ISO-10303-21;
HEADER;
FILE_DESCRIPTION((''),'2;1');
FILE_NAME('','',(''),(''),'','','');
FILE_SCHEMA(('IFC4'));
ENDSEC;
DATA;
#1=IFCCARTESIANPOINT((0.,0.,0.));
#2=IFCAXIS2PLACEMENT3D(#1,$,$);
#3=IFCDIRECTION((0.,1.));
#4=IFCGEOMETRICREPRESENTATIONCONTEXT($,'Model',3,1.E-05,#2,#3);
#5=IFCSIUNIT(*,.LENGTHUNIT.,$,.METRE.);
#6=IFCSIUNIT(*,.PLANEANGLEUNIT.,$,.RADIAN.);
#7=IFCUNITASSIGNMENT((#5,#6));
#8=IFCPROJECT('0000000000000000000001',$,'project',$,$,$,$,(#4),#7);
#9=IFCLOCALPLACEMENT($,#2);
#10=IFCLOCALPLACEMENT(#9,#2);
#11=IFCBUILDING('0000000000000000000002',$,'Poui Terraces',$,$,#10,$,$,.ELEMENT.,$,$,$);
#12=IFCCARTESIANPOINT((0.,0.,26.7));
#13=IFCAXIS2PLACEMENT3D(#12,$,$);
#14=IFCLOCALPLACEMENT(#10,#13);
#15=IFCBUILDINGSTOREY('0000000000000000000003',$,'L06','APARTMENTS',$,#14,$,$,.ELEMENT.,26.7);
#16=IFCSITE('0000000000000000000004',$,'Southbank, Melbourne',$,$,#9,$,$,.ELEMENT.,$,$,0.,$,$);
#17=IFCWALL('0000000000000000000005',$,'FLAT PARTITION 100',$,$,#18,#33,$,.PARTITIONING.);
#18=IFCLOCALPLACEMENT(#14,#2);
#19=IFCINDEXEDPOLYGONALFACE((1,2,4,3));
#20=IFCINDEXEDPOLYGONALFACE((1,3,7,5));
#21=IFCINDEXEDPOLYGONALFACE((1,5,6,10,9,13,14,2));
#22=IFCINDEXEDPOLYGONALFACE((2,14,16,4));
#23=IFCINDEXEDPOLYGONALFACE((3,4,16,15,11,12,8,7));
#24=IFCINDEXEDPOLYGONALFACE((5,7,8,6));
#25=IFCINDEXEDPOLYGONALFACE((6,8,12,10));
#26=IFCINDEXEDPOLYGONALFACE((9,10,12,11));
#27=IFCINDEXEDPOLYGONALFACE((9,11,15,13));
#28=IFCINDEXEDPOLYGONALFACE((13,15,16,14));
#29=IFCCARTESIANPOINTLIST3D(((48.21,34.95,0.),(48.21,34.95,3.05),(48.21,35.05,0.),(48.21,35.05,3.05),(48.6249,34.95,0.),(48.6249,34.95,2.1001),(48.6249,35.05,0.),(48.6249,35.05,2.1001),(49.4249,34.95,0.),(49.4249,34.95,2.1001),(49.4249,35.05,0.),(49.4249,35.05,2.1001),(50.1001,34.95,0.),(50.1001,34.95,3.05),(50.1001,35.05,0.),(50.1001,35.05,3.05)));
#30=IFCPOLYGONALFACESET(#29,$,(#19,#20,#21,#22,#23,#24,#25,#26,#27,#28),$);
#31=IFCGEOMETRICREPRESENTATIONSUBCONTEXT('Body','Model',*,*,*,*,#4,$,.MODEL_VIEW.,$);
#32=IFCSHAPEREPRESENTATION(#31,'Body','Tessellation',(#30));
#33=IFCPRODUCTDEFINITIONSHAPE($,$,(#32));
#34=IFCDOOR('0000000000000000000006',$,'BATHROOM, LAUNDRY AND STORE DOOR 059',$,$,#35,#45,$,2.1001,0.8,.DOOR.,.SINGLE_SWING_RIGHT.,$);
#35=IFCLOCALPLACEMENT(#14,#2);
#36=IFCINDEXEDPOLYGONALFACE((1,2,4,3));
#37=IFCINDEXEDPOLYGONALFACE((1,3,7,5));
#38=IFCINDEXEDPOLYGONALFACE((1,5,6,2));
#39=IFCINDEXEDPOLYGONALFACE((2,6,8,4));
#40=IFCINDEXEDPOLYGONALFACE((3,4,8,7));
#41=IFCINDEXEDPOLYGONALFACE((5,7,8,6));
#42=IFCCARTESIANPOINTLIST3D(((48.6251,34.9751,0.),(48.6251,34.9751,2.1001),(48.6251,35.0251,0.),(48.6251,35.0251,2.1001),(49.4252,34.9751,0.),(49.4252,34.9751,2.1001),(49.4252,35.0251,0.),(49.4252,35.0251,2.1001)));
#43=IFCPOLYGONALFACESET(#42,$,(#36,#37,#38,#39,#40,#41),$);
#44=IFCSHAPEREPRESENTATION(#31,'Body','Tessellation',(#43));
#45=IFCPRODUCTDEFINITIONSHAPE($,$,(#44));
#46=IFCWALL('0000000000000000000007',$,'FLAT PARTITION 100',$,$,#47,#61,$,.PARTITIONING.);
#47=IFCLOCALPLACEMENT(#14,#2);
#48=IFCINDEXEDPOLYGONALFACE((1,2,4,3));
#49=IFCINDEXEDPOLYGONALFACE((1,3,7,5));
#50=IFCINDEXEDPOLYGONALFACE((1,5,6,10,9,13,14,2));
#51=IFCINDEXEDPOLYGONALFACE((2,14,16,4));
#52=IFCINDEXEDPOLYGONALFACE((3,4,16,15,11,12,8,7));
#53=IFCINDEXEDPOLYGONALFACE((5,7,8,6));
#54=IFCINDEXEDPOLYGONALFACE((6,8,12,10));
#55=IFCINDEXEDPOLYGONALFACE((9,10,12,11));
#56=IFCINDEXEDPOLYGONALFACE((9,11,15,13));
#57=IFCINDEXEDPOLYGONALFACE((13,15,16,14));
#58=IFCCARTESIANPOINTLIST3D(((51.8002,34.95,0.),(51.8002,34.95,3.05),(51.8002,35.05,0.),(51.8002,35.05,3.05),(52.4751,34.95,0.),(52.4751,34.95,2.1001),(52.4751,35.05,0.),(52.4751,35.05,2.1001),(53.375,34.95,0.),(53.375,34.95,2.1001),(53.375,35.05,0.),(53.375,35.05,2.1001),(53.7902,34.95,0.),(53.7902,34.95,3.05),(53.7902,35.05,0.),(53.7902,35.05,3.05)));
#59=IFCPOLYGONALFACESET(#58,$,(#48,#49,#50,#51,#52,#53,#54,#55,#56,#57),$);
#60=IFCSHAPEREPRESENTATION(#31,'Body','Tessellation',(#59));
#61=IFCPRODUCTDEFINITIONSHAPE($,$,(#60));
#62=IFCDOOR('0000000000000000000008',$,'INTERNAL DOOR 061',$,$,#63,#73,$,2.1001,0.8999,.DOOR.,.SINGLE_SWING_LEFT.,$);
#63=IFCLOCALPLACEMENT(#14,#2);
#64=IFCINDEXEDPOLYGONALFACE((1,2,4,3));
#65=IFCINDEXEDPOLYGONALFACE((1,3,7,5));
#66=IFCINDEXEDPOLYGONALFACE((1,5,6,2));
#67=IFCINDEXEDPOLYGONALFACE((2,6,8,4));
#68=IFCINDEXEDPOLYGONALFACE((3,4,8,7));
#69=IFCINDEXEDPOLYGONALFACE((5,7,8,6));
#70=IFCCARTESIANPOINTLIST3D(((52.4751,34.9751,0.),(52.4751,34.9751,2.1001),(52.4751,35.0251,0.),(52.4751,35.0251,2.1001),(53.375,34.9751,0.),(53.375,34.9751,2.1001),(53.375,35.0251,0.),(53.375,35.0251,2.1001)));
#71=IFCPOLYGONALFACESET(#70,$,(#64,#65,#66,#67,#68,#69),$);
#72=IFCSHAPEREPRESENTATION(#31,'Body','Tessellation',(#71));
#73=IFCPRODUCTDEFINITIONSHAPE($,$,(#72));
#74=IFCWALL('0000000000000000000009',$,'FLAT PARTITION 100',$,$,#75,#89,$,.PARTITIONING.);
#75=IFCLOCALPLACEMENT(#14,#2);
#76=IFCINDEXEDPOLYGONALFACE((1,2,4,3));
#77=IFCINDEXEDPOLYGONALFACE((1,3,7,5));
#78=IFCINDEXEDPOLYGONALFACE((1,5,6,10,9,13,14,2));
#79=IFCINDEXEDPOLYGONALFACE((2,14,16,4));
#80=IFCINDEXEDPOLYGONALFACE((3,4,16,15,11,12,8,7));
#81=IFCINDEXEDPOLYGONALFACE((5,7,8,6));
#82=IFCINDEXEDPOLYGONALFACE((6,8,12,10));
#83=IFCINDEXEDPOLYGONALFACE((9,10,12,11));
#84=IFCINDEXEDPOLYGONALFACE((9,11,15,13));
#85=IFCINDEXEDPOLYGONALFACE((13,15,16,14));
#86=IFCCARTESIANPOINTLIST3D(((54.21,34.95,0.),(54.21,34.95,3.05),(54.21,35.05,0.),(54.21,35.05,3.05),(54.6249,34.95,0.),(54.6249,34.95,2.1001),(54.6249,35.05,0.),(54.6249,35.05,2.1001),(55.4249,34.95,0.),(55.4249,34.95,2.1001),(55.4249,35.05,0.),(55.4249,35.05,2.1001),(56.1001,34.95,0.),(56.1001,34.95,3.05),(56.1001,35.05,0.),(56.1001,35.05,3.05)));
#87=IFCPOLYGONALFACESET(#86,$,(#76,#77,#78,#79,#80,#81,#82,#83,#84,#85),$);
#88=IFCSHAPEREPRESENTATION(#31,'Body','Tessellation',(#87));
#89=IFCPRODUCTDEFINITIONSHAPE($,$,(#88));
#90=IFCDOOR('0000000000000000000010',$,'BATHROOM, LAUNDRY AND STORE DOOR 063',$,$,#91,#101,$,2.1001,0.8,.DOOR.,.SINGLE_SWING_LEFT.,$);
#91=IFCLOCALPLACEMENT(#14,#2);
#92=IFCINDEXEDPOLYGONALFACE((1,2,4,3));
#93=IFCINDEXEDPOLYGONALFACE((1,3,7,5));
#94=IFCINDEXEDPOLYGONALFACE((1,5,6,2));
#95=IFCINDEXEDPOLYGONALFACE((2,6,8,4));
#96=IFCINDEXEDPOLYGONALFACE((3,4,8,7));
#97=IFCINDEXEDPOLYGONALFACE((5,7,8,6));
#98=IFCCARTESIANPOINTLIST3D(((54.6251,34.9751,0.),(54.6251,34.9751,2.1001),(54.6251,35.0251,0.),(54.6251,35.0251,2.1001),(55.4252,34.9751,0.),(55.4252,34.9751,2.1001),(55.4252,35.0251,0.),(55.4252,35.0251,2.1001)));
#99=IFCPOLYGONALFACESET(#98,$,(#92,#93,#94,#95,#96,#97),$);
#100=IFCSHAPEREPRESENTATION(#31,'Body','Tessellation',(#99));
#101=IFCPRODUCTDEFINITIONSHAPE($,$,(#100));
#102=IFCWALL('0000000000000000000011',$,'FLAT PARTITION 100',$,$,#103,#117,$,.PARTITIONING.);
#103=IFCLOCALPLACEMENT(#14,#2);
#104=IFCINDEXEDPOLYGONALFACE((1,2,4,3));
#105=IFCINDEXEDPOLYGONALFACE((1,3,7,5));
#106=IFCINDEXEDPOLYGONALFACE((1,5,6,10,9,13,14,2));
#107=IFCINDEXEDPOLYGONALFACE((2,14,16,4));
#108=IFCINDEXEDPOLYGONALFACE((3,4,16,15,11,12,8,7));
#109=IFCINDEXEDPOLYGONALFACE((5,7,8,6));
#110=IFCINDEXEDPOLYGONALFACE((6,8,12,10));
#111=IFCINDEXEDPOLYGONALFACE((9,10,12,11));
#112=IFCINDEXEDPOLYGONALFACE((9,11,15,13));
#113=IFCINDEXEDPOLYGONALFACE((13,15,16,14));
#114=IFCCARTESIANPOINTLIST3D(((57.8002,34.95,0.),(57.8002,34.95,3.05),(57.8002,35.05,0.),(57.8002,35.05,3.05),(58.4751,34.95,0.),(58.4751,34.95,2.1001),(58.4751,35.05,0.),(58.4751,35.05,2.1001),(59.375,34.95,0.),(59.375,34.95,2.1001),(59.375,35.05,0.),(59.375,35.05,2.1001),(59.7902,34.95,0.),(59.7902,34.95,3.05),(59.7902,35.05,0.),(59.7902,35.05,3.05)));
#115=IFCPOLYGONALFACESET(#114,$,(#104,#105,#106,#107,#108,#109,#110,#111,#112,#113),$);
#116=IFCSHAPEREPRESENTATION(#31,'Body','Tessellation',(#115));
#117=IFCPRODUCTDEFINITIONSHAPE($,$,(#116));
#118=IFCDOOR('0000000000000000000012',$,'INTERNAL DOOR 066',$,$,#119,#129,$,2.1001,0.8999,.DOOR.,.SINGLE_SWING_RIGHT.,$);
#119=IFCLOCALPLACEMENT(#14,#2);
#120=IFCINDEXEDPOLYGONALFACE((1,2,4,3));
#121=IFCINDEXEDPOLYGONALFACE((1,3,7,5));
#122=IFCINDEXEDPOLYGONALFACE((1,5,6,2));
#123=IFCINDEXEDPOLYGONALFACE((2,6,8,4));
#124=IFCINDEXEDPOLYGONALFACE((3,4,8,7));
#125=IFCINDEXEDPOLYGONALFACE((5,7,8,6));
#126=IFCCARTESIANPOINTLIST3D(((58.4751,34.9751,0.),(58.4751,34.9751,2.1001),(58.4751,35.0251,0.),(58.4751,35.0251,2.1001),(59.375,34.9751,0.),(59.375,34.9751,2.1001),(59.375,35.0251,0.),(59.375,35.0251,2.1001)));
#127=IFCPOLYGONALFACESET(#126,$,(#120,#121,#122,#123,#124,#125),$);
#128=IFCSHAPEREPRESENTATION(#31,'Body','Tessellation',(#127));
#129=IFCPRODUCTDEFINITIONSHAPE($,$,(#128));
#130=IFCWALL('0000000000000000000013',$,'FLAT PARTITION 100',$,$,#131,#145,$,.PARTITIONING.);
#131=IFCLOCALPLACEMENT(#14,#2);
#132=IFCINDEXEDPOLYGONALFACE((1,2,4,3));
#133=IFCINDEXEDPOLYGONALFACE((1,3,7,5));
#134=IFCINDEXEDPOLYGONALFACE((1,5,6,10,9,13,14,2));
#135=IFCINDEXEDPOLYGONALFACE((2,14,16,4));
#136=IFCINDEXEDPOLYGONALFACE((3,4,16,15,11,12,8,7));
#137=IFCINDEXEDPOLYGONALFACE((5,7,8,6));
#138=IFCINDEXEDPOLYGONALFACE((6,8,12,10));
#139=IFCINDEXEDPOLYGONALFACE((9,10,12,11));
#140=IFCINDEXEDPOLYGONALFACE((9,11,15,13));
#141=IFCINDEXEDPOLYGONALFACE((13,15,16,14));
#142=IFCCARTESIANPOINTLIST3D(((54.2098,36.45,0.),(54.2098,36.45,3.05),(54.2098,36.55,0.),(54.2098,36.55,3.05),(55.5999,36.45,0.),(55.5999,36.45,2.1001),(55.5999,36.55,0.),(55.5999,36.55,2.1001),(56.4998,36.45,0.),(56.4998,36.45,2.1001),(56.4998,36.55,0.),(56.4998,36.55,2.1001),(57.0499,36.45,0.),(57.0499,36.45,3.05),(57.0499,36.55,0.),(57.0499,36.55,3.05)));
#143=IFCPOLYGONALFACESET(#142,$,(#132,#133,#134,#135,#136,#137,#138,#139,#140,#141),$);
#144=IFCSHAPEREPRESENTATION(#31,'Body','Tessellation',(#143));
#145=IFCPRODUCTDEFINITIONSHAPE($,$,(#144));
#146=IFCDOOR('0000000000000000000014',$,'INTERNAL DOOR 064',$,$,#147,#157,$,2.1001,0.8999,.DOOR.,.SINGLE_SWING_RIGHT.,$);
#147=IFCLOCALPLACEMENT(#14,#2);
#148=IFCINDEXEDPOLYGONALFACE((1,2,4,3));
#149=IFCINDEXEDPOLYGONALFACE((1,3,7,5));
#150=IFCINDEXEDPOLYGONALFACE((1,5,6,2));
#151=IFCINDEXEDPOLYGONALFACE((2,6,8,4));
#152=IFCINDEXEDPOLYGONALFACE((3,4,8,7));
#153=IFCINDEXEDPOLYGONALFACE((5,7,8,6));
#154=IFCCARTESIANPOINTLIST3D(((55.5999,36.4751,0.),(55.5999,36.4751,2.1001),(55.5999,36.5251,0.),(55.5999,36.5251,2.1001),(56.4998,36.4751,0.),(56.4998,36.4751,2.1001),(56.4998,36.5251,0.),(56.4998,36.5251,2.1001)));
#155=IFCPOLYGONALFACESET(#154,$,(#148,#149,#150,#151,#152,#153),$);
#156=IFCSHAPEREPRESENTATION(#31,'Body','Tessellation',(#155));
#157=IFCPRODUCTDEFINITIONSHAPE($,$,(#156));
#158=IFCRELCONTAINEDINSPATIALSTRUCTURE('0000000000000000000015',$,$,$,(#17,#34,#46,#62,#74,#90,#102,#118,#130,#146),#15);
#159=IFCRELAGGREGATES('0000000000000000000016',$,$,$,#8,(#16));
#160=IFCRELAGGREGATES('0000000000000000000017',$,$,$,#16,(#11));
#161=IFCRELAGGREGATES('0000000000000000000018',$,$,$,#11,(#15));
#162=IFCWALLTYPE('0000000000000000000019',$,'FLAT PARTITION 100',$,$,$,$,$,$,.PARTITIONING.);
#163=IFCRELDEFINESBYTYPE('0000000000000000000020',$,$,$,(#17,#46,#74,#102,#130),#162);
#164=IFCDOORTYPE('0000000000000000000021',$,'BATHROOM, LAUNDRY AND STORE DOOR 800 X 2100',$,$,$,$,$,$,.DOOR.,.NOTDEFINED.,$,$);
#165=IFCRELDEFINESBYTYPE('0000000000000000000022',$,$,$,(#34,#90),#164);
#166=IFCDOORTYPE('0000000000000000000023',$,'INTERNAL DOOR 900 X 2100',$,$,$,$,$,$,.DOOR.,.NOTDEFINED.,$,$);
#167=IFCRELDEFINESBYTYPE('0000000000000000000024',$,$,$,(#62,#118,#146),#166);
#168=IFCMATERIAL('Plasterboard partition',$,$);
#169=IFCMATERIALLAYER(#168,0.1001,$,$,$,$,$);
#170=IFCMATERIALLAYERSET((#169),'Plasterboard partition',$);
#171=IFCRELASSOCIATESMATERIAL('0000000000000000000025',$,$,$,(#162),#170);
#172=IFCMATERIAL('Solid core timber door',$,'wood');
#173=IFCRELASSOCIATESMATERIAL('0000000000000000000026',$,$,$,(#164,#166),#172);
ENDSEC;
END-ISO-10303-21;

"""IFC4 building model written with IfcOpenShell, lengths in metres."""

from ifc_helpers import new_model, si_unit, direction, frame, frame_2d, origin, place, context, subcontext, project, spatial, rectangle, extrude, material, layer, layer_set, type_object, element, fill, save


model = new_model("IFC4")

# Units and contexts
model_context = context("Model", 3, precision=1e-05, world=origin(), true_north=direction((0.0, 1.0)))
body_context = subcontext(model_context, "Body", "Model", "MODEL_VIEW")
ifc_project = project(units=[si_unit("LENGTHUNIT", "METRE"), si_unit("PLANEANGLEUNIT", "RADIAN")], contexts=[model_context])

# Site, building, storey
site_placement = place(None, origin())
site = spatial("IfcSite", under=ifc_project, at=site_placement, Name="Southbank, Melbourne", CompositionType="ELEMENT", RefElevation=0.0)
building_placement = place(site_placement, origin())
building = spatial("IfcBuilding", under=site, at=building_placement, Name="Poui Terraces", CompositionType="ELEMENT")
storey_placement = place(building_placement, frame((0.0, 0.0, 26.7)))
storey = spatial("IfcBuildingStorey", under=building, at=storey_placement, Name="L06", Description="APARTMENTS", CompositionType="ELEMENT", Elevation=26.7)

# Walls, openings, doors
ifc_material_1 = material(Name="Plasterboard partition")
ifc_layer_1 = layer(ifc_material_1, 0.1001)
ifc_layer_set_1 = layer_set([ifc_layer_1], Name="Plasterboard partition")
wall_type_1 = type_object("IfcWallType", Name="FLAT PARTITION 100", PredefinedType="PARTITIONING", material=ifc_layer_set_1)
wall_1_placement = place(storey_placement, frame((48.21, 35.0, 0.0), z_axis=(0.0, 0.0, 1.0), x_axis=(1.0, 0.0, 0.0)))
wall_1 = element("IfcWall", 1, at=wall_1_placement, inside=storey, type_object=wall_type_1, Name="FLAT PARTITION 100", PredefinedType="PARTITIONING", context=body_context, shape_type="SweptSolid", body=[
    extrude(rectangle(XDim=1.8901, YDim=0.1001, at=frame_2d((0.9451, 0.0))), origin(), (0.0, 0.0, 1.0), 3.05),
])
opening_1_placement = place(wall_1_placement, frame((0.415, 0.0, 0.0)))
opening_1 = element("IfcOpeningElement", 2, at=opening_1_placement, cuts=wall_1, PredefinedType="OPENING", context=body_context, shape_type="SweptSolid", body=[
    extrude(rectangle(XDim=0.8, YDim=2.1001, at=frame_2d((0.3999, 1.05))), frame((0.0, 0.0601, 0.0), z_axis=(0.0, -1.0, 0.0), x_axis=(1.0, 0.0, 0.0)), (0.0, 0.0, 1.0), 0.1201),
])
ifc_material_2 = material(Name="Solid core timber door", Category="wood")
door_type_1 = type_object("IfcDoorType", Name="BATHROOM, LAUNDRY AND STORE DOOR 800 X 2100", OperationType="NOTDEFINED", PredefinedType="DOOR", material=ifc_material_2)
door_1_placement = place(opening_1_placement, frame((0.8, 0.0, 0.0), z_axis=(0.0, 0.0, 1.0), x_axis=(-1.0, 0.0, 0.0)))
door_1 = element("IfcDoor", 3, at=door_1_placement, inside=storey, type_object=door_type_1, Name="BATHROOM, LAUNDRY AND STORE DOOR 059", OperationType="SINGLE_SWING_RIGHT", OverallHeight=2.1001, OverallWidth=0.8, PredefinedType="DOOR", context=body_context, shape_type="SweptSolid", body=[
    extrude(rectangle(XDim=0.8, YDim=2.1001, at=frame_2d((0.3999, 1.05))), frame((0.0, 0.0249, 0.0), z_axis=(0.0, -1.0, 0.0), x_axis=(1.0, 0.0, 0.0)), (0.0, 0.0, 1.0), 0.05),
])
fill(opening_1, door_1)
wall_2_placement = place(storey_placement, frame((51.8, 35.0, 0.0), z_axis=(0.0, 0.0, 1.0), x_axis=(1.0, 0.0, 0.0)))
wall_2 = element("IfcWall", 4, at=wall_2_placement, inside=storey, type_object=wall_type_1, Name="FLAT PARTITION 100", PredefinedType="PARTITIONING", context=body_context, shape_type="SweptSolid", body=[
    extrude(rectangle(XDim=1.99, YDim=0.1001, at=frame_2d((0.9951, 0.0))), origin(), (0.0, 0.0, 1.0), 3.05),
])
opening_2_placement = place(wall_2_placement, frame((0.675, 0.0, 0.0)))
opening_2 = element("IfcOpeningElement", 5, at=opening_2_placement, cuts=wall_2, PredefinedType="OPENING", context=body_context, shape_type="SweptSolid", body=[
    extrude(rectangle(XDim=0.8999, YDim=2.1001, at=frame_2d((0.45, 1.05))), frame((0.0, 0.0601, 0.0), z_axis=(0.0, -1.0, 0.0), x_axis=(1.0, 0.0, 0.0)), (0.0, 0.0, 1.0), 0.1201),
])
door_type_2 = type_object("IfcDoorType", Name="INTERNAL DOOR 900 X 2100", OperationType="NOTDEFINED", PredefinedType="DOOR", material=ifc_material_2)
door_2_placement = place(opening_2_placement, frame((0.8999, 0.0, 0.0), z_axis=(0.0, 0.0, 1.0), x_axis=(-1.0, 0.0, 0.0)))
door_2 = element("IfcDoor", 6, at=door_2_placement, inside=storey, type_object=door_type_2, Name="INTERNAL DOOR 061", OperationType="SINGLE_SWING_LEFT", OverallHeight=2.1001, OverallWidth=0.8999, PredefinedType="DOOR", context=body_context, shape_type="SweptSolid", body=[
    extrude(rectangle(XDim=0.8999, YDim=2.1001, at=frame_2d((0.45, 1.05))), frame((0.0, 0.0249, 0.0), z_axis=(0.0, -1.0, 0.0), x_axis=(1.0, 0.0, 0.0)), (0.0, 0.0, 1.0), 0.05),
])
fill(opening_2, door_2)
wall_3_placement = place(storey_placement, frame((54.21, 35.0, 0.0), z_axis=(0.0, 0.0, 1.0), x_axis=(1.0, 0.0, 0.0)))
wall_3 = element("IfcWall", 7, at=wall_3_placement, inside=storey, type_object=wall_type_1, Name="FLAT PARTITION 100", PredefinedType="PARTITIONING", context=body_context, shape_type="SweptSolid", body=[
    extrude(rectangle(XDim=1.8901, YDim=0.1001, at=frame_2d((0.9451, 0.0))), origin(), (0.0, 0.0, 1.0), 3.05),
])
opening_3_placement = place(wall_3_placement, frame((0.415, 0.0, 0.0)))
opening_3 = element("IfcOpeningElement", 8, at=opening_3_placement, cuts=wall_3, PredefinedType="OPENING", context=body_context, shape_type="SweptSolid", body=[
    extrude(rectangle(XDim=0.8, YDim=2.1001, at=frame_2d((0.3999, 1.05))), frame((0.0, 0.0601, 0.0), z_axis=(0.0, -1.0, 0.0), x_axis=(1.0, 0.0, 0.0)), (0.0, 0.0, 1.0), 0.1201),
])
door_3_placement = place(opening_3_placement, frame((0.8, 0.0, 0.0), z_axis=(0.0, 0.0, 1.0), x_axis=(-1.0, 0.0, 0.0)))
door_3 = element("IfcDoor", 9, at=door_3_placement, inside=storey, type_object=door_type_1, Name="BATHROOM, LAUNDRY AND STORE DOOR 063", OperationType="SINGLE_SWING_LEFT", OverallHeight=2.1001, OverallWidth=0.8, PredefinedType="DOOR", context=body_context, shape_type="SweptSolid", body=[
    extrude(rectangle(XDim=0.8, YDim=2.1001, at=frame_2d((0.3999, 1.05))), frame((0.0, 0.0249, 0.0), z_axis=(0.0, -1.0, 0.0), x_axis=(1.0, 0.0, 0.0)), (0.0, 0.0, 1.0), 0.05),
])
fill(opening_3, door_3)
wall_4_placement = place(storey_placement, frame((57.8, 35.0, 0.0), z_axis=(0.0, 0.0, 1.0), x_axis=(1.0, 0.0, 0.0)))
wall_4 = element("IfcWall", 10, at=wall_4_placement, inside=storey, type_object=wall_type_1, Name="FLAT PARTITION 100", PredefinedType="PARTITIONING", context=body_context, shape_type="SweptSolid", body=[
    extrude(rectangle(XDim=1.99, YDim=0.1001, at=frame_2d((0.9951, 0.0))), origin(), (0.0, 0.0, 1.0), 3.05),
])
opening_4_placement = place(wall_4_placement, frame((0.675, 0.0, 0.0)))
opening_4 = element("IfcOpeningElement", 11, at=opening_4_placement, cuts=wall_4, PredefinedType="OPENING", context=body_context, shape_type="SweptSolid", body=[
    extrude(rectangle(XDim=0.8999, YDim=2.1001, at=frame_2d((0.45, 1.05))), frame((0.0, 0.0601, 0.0), z_axis=(0.0, -1.0, 0.0), x_axis=(1.0, 0.0, 0.0)), (0.0, 0.0, 1.0), 0.1201),
])
door_4_placement = place(opening_4_placement, frame((0.8999, 0.0, 0.0), z_axis=(0.0, 0.0, 1.0), x_axis=(-1.0, 0.0, 0.0)))
door_4 = element("IfcDoor", 12, at=door_4_placement, inside=storey, type_object=door_type_2, Name="INTERNAL DOOR 066", OperationType="SINGLE_SWING_RIGHT", OverallHeight=2.1001, OverallWidth=0.8999, PredefinedType="DOOR", context=body_context, shape_type="SweptSolid", body=[
    extrude(rectangle(XDim=0.8999, YDim=2.1001, at=frame_2d((0.45, 1.05))), frame((0.0, 0.0249, 0.0), z_axis=(0.0, -1.0, 0.0), x_axis=(1.0, 0.0, 0.0)), (0.0, 0.0, 1.0), 0.05),
])
fill(opening_4, door_4)
wall_5_placement = place(storey_placement, frame((54.21, 36.5, 0.0), z_axis=(0.0, 0.0, 1.0), x_axis=(1.0, 0.0, 0.0)))
wall_5 = element("IfcWall", 13, at=wall_5_placement, inside=storey, type_object=wall_type_1, Name="FLAT PARTITION 100", PredefinedType="PARTITIONING", context=body_context, shape_type="SweptSolid", body=[
    extrude(rectangle(XDim=2.8401, YDim=0.1001, at=frame_2d((1.4199, 0.0))), origin(), (0.0, 0.0, 1.0), 3.05),
])
opening_5_placement = place(wall_5_placement, frame((1.3899, 0.0, 0.0)))
opening_5 = element("IfcOpeningElement", 14, at=opening_5_placement, cuts=wall_5, PredefinedType="OPENING", context=body_context, shape_type="SweptSolid", body=[
    extrude(rectangle(XDim=0.8999, YDim=2.1001, at=frame_2d((0.45, 1.05))), frame((0.0, 0.0601, 0.0), z_axis=(0.0, -1.0, 0.0), x_axis=(1.0, 0.0, 0.0)), (0.0, 0.0, 1.0), 0.1201),
])
door_5_placement = place(opening_5_placement, frame((0.8999, 0.0, 0.0), z_axis=(0.0, 0.0, 1.0), x_axis=(-1.0, 0.0, 0.0)))
door_5 = element("IfcDoor", 15, at=door_5_placement, inside=storey, type_object=door_type_2, Name="INTERNAL DOOR 064", OperationType="SINGLE_SWING_RIGHT", OverallHeight=2.1001, OverallWidth=0.8999, PredefinedType="DOOR", context=body_context, shape_type="SweptSolid", body=[
    extrude(rectangle(XDim=0.8999, YDim=2.1001, at=frame_2d((0.45, 1.05))), frame((0.0, 0.0249, 0.0), z_axis=(0.0, -1.0, 0.0), x_axis=(1.0, 0.0, 0.0)), (0.0, 0.0, 1.0), 0.05),
])
fill(opening_5, door_5)

save(model, "model.ifc")
